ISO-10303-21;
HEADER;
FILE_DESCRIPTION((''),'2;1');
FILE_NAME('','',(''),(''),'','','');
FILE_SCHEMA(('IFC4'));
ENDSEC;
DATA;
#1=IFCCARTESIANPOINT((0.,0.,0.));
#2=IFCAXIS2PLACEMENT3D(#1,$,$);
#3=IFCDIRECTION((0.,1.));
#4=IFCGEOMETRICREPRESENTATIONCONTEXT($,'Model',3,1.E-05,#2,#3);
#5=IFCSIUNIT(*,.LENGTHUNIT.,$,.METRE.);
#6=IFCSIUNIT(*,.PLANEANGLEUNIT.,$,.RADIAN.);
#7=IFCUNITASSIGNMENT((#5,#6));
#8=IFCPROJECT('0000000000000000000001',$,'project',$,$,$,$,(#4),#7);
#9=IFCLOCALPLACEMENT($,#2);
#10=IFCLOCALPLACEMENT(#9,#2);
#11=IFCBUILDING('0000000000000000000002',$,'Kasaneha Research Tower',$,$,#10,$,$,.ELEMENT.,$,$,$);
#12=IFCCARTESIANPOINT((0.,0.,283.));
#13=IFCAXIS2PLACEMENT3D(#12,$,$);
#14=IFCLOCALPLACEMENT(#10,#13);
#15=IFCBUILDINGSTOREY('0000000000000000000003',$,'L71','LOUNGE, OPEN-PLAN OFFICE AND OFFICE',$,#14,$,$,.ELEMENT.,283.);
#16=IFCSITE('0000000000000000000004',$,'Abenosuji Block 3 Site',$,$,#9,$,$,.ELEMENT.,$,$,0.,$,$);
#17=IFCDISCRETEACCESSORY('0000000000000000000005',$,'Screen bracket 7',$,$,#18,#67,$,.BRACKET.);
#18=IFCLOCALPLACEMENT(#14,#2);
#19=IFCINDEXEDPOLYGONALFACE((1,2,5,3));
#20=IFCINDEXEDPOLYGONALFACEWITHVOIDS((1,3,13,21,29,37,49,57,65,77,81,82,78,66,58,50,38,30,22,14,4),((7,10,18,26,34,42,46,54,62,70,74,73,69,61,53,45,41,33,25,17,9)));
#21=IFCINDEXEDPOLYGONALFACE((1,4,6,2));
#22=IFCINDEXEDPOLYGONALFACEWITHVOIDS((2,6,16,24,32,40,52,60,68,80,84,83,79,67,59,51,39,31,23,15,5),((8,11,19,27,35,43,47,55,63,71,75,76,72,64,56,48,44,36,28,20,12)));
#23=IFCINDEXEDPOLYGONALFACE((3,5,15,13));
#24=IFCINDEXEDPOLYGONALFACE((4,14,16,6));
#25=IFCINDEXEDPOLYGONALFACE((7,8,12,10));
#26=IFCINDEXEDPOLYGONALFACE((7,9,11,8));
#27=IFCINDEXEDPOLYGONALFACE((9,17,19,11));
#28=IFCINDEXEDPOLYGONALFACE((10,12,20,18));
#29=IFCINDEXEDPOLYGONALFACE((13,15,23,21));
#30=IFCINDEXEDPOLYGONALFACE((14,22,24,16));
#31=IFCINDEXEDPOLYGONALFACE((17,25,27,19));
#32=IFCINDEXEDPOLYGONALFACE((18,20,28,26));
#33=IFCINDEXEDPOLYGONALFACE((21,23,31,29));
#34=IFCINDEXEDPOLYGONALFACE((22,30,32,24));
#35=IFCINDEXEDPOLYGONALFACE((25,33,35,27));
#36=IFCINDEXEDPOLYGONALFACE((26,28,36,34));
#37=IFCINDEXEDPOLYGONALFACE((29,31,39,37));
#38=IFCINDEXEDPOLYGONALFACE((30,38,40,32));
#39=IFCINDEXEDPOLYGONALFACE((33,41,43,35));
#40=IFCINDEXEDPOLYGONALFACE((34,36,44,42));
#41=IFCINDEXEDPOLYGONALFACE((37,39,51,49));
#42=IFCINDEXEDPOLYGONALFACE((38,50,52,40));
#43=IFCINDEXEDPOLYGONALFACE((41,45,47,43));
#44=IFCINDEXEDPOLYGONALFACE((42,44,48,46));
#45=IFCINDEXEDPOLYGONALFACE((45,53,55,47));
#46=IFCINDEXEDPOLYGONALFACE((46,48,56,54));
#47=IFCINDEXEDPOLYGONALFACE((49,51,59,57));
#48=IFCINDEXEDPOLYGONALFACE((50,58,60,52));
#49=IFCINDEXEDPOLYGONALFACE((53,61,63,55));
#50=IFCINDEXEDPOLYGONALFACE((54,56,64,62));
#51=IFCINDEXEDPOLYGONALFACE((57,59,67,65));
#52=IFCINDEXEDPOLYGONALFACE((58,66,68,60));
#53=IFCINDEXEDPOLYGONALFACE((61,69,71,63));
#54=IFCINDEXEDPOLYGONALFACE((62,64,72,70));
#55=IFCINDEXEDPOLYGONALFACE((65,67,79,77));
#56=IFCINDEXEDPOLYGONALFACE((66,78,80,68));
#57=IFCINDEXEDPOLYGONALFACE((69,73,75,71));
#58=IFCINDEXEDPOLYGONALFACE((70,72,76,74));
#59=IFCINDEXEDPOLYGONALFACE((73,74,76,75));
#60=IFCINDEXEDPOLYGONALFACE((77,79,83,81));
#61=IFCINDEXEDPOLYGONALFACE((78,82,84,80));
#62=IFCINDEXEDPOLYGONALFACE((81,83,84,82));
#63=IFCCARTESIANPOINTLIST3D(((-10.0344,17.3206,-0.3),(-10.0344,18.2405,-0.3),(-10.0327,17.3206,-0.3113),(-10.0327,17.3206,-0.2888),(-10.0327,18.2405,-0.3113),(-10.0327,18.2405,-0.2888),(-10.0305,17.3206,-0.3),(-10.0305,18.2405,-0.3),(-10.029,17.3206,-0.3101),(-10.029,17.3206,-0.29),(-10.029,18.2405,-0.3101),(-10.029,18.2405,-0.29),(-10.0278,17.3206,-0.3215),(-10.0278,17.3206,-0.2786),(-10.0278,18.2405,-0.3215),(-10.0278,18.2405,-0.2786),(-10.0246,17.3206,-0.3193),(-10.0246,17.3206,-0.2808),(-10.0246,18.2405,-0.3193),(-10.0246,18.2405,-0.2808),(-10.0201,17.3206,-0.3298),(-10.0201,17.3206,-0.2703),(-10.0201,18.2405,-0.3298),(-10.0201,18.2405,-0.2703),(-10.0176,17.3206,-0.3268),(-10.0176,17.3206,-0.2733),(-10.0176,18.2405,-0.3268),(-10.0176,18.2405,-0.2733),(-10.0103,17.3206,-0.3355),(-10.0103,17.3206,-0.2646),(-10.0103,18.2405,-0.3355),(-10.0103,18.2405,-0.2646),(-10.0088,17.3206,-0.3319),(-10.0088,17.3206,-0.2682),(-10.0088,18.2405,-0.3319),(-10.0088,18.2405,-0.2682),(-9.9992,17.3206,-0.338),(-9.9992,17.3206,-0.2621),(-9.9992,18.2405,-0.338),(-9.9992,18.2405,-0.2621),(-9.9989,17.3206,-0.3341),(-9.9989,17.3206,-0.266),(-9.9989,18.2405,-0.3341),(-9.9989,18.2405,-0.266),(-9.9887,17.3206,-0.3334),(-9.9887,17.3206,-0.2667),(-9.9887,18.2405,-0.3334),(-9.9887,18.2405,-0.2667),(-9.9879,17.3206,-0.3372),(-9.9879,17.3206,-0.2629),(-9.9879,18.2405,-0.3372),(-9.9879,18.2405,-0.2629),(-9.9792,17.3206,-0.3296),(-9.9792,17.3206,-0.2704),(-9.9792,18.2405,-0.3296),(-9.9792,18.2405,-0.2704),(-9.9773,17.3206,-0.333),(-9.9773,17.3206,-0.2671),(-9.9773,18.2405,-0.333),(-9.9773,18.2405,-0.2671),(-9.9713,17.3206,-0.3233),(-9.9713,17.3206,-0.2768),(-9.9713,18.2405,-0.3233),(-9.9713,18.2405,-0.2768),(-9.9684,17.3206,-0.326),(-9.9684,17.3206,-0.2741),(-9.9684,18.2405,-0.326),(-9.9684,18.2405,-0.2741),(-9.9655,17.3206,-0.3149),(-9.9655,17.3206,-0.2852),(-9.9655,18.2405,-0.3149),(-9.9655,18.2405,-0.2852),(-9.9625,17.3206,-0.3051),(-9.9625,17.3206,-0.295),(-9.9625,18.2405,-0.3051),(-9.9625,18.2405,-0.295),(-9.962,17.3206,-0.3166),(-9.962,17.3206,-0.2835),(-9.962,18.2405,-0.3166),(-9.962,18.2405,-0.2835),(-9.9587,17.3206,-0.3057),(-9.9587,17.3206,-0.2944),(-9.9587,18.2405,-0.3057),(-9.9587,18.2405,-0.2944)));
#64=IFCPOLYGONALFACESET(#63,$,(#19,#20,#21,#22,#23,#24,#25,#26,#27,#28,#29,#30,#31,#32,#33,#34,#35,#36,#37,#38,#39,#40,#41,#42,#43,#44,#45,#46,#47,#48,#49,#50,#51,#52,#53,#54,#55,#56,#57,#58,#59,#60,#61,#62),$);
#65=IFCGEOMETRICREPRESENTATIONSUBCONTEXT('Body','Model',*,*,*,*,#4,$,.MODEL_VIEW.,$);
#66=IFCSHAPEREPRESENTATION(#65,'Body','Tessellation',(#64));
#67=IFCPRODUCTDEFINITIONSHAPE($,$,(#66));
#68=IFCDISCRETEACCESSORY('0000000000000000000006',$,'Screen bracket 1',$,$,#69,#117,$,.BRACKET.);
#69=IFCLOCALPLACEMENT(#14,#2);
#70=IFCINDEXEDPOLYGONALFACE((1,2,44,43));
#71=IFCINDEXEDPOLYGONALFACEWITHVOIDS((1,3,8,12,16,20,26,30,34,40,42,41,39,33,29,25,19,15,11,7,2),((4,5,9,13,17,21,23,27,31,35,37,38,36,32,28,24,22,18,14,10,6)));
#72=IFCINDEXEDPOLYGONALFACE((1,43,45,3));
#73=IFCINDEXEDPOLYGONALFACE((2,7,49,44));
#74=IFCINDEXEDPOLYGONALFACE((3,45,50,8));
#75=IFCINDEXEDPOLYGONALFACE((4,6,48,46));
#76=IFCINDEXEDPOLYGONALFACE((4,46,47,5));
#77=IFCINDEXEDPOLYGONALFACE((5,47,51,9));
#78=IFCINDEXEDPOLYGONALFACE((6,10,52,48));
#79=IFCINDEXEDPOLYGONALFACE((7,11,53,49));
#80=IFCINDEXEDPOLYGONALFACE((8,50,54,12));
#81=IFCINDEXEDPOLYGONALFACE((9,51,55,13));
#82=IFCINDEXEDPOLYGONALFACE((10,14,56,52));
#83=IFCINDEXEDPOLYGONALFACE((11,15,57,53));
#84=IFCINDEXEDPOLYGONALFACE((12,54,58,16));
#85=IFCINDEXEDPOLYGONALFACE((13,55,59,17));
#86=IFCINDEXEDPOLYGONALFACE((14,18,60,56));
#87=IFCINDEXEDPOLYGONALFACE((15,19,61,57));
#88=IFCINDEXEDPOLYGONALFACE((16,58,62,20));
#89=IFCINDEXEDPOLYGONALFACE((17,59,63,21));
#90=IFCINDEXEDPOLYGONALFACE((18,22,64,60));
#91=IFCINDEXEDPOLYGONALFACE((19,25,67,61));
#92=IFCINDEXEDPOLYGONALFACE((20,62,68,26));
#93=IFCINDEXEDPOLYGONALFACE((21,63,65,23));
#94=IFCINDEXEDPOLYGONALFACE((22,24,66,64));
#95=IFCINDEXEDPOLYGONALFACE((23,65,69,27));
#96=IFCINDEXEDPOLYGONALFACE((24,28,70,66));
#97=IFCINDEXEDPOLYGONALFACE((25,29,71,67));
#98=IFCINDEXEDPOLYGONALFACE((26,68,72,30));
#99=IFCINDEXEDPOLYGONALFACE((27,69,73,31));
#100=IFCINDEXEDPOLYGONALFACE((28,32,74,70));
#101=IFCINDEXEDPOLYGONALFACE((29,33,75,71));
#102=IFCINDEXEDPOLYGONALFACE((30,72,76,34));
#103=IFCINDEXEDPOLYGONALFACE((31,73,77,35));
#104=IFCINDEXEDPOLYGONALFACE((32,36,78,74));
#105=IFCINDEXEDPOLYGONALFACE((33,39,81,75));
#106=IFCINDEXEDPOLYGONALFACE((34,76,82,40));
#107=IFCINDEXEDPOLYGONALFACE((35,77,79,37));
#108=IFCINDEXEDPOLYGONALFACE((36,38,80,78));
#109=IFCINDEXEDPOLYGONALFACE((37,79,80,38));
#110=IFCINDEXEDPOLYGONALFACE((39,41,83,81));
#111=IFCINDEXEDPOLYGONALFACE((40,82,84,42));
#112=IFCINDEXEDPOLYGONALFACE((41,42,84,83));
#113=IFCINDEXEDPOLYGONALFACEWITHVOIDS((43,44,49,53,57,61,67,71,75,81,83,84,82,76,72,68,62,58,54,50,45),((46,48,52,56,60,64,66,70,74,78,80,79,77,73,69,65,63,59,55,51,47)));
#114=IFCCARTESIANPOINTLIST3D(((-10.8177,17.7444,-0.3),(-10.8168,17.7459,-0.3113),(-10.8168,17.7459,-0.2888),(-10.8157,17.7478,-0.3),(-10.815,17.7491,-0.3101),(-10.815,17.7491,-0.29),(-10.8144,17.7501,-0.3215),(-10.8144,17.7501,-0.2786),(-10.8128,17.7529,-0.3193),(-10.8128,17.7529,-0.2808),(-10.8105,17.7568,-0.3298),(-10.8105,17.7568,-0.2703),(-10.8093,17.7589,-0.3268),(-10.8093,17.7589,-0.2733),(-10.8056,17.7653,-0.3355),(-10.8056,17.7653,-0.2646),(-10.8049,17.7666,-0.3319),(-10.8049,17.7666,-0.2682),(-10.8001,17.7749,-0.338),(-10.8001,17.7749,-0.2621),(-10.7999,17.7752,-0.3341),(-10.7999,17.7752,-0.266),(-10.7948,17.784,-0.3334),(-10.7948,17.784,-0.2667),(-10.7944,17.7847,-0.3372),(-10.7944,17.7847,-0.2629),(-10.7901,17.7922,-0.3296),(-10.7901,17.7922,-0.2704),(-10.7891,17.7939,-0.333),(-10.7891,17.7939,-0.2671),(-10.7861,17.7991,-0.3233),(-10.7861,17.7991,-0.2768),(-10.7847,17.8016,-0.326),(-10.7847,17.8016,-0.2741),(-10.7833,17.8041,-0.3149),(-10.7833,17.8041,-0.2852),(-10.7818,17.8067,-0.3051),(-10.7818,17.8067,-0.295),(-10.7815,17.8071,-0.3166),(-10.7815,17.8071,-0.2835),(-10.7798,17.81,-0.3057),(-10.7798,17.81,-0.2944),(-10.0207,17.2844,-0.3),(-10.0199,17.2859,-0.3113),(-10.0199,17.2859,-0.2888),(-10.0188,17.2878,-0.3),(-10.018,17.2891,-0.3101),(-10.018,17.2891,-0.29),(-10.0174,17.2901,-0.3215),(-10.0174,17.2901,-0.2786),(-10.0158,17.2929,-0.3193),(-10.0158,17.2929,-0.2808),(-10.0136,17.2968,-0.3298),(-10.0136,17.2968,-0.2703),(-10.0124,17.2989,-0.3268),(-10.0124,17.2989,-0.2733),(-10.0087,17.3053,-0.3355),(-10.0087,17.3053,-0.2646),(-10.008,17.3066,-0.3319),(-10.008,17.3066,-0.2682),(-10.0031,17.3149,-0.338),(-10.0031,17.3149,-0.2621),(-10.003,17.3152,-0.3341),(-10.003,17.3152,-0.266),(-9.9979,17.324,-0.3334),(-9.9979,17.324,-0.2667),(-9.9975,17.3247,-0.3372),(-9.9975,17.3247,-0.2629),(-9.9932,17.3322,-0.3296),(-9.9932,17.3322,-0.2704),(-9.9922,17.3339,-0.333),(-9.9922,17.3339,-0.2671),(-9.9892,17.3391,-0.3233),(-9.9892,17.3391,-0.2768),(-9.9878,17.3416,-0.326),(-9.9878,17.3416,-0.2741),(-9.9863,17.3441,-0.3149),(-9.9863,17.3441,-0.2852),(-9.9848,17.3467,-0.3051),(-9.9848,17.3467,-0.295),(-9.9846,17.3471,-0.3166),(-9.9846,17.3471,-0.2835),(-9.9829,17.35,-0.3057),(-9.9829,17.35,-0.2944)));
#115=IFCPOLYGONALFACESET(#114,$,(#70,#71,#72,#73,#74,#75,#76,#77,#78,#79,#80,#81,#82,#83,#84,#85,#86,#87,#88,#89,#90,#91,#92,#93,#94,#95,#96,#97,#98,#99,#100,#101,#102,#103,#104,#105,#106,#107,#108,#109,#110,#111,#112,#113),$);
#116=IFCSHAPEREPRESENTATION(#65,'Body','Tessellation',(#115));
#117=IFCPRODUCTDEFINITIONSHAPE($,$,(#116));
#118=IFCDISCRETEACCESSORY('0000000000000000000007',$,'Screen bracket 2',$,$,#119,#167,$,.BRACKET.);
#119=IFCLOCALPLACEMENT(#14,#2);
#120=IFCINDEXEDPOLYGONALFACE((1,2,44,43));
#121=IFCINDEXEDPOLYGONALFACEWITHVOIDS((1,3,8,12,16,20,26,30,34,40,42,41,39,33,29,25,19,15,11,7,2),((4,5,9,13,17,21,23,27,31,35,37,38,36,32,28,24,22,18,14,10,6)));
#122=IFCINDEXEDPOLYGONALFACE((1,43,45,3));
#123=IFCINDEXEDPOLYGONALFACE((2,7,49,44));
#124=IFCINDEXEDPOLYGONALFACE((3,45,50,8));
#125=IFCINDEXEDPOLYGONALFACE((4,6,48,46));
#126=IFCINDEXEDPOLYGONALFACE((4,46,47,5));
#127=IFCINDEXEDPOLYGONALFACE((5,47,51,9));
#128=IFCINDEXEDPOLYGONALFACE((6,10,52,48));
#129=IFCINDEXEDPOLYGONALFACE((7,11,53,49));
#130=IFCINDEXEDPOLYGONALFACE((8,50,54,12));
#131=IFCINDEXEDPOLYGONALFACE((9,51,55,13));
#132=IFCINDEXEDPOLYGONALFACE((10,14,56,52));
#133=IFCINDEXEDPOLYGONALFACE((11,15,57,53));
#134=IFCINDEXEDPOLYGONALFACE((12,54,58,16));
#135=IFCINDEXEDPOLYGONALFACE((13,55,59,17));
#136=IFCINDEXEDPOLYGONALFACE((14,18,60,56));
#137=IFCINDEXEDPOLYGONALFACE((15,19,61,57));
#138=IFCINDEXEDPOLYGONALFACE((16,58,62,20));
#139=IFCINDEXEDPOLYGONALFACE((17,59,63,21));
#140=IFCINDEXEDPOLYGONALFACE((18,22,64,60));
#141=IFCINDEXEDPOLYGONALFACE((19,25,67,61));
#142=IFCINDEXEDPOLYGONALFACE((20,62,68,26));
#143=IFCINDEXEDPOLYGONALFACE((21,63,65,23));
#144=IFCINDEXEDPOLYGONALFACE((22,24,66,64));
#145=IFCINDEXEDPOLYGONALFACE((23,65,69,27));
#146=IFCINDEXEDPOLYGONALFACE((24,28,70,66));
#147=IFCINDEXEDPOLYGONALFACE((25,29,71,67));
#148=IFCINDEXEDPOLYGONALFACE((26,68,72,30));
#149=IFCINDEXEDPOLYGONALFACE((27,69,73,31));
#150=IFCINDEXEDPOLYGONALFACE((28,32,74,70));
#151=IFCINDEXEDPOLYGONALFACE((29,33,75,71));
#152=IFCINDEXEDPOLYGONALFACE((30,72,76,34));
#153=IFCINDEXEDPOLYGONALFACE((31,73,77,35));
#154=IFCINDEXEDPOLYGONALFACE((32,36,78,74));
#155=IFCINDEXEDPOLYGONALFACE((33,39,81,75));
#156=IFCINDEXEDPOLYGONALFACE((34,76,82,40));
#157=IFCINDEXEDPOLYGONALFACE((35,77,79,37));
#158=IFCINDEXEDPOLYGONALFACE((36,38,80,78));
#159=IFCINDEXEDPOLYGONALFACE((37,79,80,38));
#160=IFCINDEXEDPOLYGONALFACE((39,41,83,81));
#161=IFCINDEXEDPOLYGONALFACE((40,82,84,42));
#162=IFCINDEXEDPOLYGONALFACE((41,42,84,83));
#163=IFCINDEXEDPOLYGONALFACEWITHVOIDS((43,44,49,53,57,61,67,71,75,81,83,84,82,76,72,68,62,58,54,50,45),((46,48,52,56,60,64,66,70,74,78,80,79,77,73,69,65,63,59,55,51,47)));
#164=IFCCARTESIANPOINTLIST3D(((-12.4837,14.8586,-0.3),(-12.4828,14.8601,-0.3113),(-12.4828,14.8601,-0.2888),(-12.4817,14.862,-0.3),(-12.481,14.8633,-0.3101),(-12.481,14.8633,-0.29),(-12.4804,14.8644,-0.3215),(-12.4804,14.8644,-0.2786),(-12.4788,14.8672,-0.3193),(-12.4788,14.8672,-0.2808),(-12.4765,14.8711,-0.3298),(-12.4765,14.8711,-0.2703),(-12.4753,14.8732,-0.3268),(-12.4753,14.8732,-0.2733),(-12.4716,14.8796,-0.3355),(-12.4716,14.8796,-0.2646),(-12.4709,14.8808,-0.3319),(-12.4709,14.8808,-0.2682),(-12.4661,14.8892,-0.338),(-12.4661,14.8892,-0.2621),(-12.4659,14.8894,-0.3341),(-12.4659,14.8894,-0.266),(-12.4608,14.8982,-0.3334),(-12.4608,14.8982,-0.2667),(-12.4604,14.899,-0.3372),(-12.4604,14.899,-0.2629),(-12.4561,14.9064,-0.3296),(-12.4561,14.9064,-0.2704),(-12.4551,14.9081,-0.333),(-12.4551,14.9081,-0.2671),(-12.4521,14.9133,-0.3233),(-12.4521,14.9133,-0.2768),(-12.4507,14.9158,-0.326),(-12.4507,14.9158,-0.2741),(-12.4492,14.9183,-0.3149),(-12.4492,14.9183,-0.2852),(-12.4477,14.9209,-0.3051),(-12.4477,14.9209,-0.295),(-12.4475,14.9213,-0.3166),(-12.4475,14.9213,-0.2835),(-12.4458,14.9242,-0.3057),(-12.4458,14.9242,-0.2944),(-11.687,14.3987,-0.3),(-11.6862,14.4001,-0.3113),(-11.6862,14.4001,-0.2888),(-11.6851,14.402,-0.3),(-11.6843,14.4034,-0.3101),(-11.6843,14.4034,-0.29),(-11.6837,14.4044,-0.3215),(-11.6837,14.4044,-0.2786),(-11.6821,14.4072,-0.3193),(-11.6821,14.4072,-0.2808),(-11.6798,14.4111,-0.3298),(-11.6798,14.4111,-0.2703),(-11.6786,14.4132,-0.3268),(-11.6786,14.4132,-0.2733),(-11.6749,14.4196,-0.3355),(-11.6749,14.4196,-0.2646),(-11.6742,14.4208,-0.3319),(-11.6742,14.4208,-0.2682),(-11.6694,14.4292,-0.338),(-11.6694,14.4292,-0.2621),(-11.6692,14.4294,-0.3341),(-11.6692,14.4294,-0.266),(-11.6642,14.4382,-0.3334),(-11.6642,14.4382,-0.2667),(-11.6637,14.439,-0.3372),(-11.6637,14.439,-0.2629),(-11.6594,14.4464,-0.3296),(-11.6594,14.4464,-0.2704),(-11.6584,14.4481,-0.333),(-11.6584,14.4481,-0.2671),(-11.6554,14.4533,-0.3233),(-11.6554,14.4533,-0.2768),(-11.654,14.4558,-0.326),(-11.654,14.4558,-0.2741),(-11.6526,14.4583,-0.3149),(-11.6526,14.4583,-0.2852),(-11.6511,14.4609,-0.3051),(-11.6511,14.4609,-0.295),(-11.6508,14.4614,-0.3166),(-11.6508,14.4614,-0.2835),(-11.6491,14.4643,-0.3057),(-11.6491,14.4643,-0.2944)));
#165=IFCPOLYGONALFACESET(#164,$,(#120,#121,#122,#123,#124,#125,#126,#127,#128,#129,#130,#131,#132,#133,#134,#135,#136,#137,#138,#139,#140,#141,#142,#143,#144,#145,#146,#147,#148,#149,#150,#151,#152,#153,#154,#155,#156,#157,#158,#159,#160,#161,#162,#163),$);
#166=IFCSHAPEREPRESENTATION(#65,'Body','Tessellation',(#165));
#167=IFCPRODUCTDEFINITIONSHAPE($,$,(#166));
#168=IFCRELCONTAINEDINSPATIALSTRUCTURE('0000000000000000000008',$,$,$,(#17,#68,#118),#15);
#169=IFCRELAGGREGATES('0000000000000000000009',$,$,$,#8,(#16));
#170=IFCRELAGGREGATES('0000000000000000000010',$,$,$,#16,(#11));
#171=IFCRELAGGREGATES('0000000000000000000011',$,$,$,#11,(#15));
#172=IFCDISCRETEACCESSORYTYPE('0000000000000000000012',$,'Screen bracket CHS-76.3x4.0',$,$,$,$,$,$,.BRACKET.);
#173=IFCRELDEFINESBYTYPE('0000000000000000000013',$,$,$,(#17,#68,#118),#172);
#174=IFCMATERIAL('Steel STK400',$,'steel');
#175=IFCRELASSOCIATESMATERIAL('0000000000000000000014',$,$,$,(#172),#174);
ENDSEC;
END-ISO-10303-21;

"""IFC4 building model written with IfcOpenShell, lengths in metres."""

from ifc_helpers import new_model, si_unit, direction, frame, origin, origin_2d, place, context, subcontext, project, spatial, hollow_circle, extrude, material, material_profile, profile_set, type_object, element, save


model = new_model("IFC4")

# Units and contexts
model_context = context("Model", 3, precision=1e-05, world=origin(), true_north=direction((0.0, 1.0)))
body_context = subcontext(model_context, "Body", "Model", "MODEL_VIEW")
ifc_project = project(units=[si_unit("LENGTHUNIT", "METRE"), si_unit("PLANEANGLEUNIT", "RADIAN")], contexts=[model_context])

# Site, building, storey
site_placement = place(None, origin())
site = spatial("IfcSite", under=ifc_project, at=site_placement, Name="Abenosuji Block 3 Site", CompositionType="ELEMENT", RefElevation=0.0)
building_placement = place(site_placement, origin())
building = spatial("IfcBuilding", under=site, at=building_placement, Name="Kasaneha Research Tower", CompositionType="ELEMENT")
storey_placement = place(building_placement, frame((0.0, 0.0, 283.0)))
storey = spatial("IfcBuildingStorey", under=building, at=storey_placement, Name="L71", Description="LOUNGE, OPEN-PLAN OFFICE AND OFFICE", CompositionType="ELEMENT", Elevation=283.0)

# Discrete accessories
ifc_material_1 = material(Name="Steel STK400", Category="steel")
ifc_material_profile_1 = material_profile(ifc_material_1, hollow_circle(Radius=0.0381, WallThickness=0.0039, at=origin_2d()), Name="CHS-76.3x4.0")
ifc_profile_set_1 = profile_set([ifc_material_profile_1], Name="Steel STK400")
discrete_accessory_type = type_object("IfcDiscreteAccessoryType", Name="Screen bracket CHS-76.3x4.0", PredefinedType="BRACKET", material=ifc_profile_set_1)
discrete_accessory_1_placement = place(storey_placement, frame((-9.9963, 17.3206, -0.3), z_axis=(0.0, 1.0, 0.0), x_axis=(-1.0, 0.0, 0.0)))
element("IfcDiscreteAccessory", 1, at=discrete_accessory_1_placement, inside=storey, type_object=discrete_accessory_type, Name="Screen bracket 7", PredefinedType="BRACKET", context=body_context, shape_type="SweptSolid", body=[
    extrude(hollow_circle(Radius=0.0381, WallThickness=0.0039, at=origin_2d()), origin(), (0.0, 0.0, 1.0), 0.9199),
])
discrete_accessory_2_placement = place(storey_placement, frame((-10.0017, 17.3174, -0.3), z_axis=(-0.86608, 0.499906, 0.0), x_axis=(-0.499906, -0.86608, 0.0)))
element("IfcDiscreteAccessory", 2, at=discrete_accessory_2_placement, inside=storey, type_object=discrete_accessory_type, Name="Screen bracket 1", PredefinedType="BRACKET", context=body_context, shape_type="SweptSolid", body=[
    extrude(hollow_circle(Radius=0.0381, WallThickness=0.0039, at=origin_2d()), origin(), (0.0, 0.0, 1.0), 0.9202),
])
for number, where, z_axis, x_axis, name in (
    (3, (-11.668, 14.4316, -0.3), (-0.866013, 0.500021, 0.0), (-0.500021, -0.866013, 0.0), "Screen bracket 2"),
):
    element("IfcDiscreteAccessory", number, at=place(storey_placement, frame(where, z_axis=z_axis, x_axis=x_axis)), inside=storey, type_object=discrete_accessory_type, Name=name, PredefinedType="BRACKET", context=body_context, shape_type="SweptSolid", body=[
        extrude(hollow_circle(Radius=0.0381, WallThickness=0.0039, at=origin_2d()), origin(), (0.0, 0.0, 1.0), 0.9199),
    ])

save(model, "model.ifc")
